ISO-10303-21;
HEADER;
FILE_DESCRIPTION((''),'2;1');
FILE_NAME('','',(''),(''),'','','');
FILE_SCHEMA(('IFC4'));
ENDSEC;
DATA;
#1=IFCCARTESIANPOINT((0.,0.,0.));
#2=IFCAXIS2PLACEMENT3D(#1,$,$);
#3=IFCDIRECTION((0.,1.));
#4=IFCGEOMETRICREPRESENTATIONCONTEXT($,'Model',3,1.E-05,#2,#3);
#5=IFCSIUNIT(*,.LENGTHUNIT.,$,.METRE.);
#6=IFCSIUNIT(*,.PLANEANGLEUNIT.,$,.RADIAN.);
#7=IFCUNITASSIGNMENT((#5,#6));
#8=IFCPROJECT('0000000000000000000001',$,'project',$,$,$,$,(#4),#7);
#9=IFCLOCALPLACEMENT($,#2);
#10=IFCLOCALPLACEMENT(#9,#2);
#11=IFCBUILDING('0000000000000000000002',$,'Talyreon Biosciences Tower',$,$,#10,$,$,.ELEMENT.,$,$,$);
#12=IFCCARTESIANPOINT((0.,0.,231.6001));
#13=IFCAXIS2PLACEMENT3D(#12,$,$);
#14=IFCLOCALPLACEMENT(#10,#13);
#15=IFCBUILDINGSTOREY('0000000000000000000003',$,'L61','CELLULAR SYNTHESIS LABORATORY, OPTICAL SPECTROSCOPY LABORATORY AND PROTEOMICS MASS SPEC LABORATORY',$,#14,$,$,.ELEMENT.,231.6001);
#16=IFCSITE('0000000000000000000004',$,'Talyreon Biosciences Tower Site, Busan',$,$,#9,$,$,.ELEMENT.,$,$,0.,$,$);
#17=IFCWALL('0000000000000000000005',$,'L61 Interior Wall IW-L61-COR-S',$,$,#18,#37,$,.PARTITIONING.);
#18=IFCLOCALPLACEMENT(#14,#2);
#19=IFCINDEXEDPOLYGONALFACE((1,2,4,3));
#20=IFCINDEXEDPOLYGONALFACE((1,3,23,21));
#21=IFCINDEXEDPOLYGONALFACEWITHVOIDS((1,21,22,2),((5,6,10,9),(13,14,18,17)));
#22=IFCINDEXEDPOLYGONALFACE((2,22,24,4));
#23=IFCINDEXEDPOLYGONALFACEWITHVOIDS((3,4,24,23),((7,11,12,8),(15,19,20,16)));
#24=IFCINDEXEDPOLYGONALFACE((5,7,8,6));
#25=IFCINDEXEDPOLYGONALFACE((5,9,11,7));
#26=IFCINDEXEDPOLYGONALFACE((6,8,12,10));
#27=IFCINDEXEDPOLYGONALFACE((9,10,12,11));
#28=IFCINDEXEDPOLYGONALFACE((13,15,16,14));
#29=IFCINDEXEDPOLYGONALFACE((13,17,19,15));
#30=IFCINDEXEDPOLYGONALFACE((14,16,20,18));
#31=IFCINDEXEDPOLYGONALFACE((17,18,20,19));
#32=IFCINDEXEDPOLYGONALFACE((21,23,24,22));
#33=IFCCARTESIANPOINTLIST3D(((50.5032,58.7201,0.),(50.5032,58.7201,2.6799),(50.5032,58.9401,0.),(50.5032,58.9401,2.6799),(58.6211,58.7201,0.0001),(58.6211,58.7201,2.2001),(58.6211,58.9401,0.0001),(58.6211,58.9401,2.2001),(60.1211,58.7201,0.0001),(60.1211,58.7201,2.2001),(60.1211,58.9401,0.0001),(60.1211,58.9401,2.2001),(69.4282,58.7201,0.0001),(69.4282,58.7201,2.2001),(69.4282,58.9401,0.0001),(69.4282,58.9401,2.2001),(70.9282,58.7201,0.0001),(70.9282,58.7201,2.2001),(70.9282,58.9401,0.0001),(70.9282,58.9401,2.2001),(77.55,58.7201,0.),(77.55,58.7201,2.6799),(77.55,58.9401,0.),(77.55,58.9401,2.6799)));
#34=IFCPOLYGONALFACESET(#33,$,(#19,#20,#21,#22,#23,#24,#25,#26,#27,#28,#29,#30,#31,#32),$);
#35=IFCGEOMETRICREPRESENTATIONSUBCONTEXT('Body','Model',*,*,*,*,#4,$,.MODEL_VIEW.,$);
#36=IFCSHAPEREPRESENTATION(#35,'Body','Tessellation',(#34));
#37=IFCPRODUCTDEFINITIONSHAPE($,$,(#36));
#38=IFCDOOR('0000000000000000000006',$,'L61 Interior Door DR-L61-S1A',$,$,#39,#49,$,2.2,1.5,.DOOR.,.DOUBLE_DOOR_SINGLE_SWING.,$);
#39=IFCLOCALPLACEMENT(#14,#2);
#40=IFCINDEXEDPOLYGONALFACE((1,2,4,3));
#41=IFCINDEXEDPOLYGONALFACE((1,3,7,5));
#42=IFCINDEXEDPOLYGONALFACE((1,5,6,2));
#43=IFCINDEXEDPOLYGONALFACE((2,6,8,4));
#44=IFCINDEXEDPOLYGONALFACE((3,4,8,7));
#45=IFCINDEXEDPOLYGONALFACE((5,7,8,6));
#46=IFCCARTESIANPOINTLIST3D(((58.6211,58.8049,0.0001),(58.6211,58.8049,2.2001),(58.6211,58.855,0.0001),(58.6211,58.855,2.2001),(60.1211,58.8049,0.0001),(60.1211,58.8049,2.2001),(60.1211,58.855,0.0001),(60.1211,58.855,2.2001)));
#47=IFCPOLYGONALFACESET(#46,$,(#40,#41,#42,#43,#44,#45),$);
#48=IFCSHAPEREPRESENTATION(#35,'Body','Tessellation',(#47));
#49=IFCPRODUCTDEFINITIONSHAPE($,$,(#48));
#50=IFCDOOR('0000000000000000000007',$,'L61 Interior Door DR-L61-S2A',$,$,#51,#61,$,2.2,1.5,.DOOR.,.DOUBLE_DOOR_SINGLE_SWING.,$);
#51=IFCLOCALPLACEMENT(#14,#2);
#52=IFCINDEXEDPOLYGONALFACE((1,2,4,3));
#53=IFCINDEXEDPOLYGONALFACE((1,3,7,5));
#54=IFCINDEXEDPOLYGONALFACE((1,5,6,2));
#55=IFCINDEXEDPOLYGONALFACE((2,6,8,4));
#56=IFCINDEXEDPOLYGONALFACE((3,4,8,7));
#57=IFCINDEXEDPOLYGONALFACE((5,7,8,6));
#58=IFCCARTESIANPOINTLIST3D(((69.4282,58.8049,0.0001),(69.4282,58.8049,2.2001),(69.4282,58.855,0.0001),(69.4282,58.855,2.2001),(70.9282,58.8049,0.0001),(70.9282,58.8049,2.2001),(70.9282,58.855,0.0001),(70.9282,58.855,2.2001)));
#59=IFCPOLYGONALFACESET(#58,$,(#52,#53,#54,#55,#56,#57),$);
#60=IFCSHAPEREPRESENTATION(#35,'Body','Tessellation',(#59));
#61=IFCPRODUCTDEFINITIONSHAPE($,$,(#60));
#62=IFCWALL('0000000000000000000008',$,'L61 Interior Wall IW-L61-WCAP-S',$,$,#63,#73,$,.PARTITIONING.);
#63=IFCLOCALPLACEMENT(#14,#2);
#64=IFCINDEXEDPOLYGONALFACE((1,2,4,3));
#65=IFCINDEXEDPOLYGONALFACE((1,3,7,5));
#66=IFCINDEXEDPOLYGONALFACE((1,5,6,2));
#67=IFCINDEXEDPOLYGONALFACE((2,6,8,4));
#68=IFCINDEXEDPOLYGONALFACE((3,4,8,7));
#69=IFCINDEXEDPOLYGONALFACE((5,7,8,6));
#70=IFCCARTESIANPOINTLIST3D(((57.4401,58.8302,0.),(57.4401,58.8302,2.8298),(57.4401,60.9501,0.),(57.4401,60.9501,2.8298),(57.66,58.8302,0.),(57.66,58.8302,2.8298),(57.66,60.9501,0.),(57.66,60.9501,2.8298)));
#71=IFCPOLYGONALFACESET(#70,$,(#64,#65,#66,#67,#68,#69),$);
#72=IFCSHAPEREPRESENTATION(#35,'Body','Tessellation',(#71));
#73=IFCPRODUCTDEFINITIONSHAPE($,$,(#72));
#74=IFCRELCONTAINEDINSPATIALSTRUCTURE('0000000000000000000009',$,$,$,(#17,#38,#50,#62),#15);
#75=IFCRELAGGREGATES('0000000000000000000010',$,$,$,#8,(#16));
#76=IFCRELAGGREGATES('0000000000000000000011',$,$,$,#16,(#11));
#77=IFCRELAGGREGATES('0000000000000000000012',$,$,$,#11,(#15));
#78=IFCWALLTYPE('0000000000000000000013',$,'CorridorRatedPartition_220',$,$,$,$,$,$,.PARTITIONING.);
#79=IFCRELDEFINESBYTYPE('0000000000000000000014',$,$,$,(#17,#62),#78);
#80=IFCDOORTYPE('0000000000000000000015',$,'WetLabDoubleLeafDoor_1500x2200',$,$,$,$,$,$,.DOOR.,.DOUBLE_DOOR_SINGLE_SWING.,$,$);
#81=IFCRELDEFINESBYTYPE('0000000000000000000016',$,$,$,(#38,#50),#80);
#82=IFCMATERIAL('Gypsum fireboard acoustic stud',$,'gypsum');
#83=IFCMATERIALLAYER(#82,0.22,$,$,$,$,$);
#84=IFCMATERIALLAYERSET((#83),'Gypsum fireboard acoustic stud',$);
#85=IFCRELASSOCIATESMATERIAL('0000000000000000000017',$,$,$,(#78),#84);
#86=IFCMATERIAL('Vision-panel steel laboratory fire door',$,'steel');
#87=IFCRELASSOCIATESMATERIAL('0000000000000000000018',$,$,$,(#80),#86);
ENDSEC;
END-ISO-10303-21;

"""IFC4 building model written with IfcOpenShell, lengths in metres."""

from ifc_helpers import new_model, si_unit, direction, frame, frame_2d, origin, place, context, subcontext, project, spatial, rectangle, extrude, material, layer, layer_set, type_object, element, fill, save


model = new_model("IFC4")

# Units and contexts
model_context = context("Model", 3, precision=1e-05, world=origin(), true_north=direction((0.0, 1.0)))
body_context = subcontext(model_context, "Body", "Model", "MODEL_VIEW")
ifc_project = project(units=[si_unit("LENGTHUNIT", "METRE"), si_unit("PLANEANGLEUNIT", "RADIAN")], contexts=[model_context])

# Site, building, storey
site_placement = place(None, origin())
site = spatial("IfcSite", under=ifc_project, at=site_placement, Name="Talyreon Biosciences Tower Site, Busan", CompositionType="ELEMENT", RefElevation=0.0)
building_placement = place(site_placement, origin())
building = spatial("IfcBuilding", under=site, at=building_placement, Name="Talyreon Biosciences Tower", CompositionType="ELEMENT")
storey_placement = place(building_placement, frame((0.0, 0.0, 231.6001)))
storey = spatial("IfcBuildingStorey", under=building, at=storey_placement, Name="L61", Description="CELLULAR SYNTHESIS LABORATORY, OPTICAL SPECTROSCOPY LABORATORY AND PROTEOMICS MASS SPEC LABORATORY", CompositionType="ELEMENT", Elevation=231.6001)

# Wall, openings, doors
ifc_material_1 = material(Name="Gypsum fireboard acoustic stud", Category="gypsum")
ifc_layer_1 = layer(ifc_material_1, 0.22)
ifc_layer_set_1 = layer_set([ifc_layer_1], Name="Gypsum fireboard acoustic stud")
wall_type = type_object("IfcWallType", Name="CorridorRatedPartition_220", PredefinedType="PARTITIONING", material=ifc_layer_set_1)
wall_1_placement = place(storey_placement, frame((50.5032, 58.8301, 0.0), z_axis=(0.0, 0.0, 1.0), x_axis=(1.0, 0.0, 0.0)))
wall_1 = element("IfcWall", 1, at=wall_1_placement, inside=storey, type_object=wall_type, Name="L61 Interior Wall IW-L61-COR-S", PredefinedType="PARTITIONING", context=body_context, shape_type="SweptSolid", body=[
    extrude(rectangle(XDim=27.0469, YDim=0.22, at=frame_2d((13.5234, 0.0))), origin(), (0.0, 0.0, 1.0), 2.6799),
])
opening_1_placement = place(wall_1_placement, frame((8.1179, 0.0, 0.0)))
opening_1 = element("IfcOpeningElement", 2, at=opening_1_placement, cuts=wall_1, PredefinedType="OPENING", context=body_context, shape_type="SweptSolid", body=[
    extrude(rectangle(XDim=1.5, YDim=2.2, at=frame_2d((0.75, 1.1001))), frame((0.0, 0.1199, 0.0), z_axis=(0.0, -1.0, 0.0), x_axis=(1.0, 0.0, 0.0)), (0.0, 0.0, 1.0), 0.24),
])
opening_2_placement = place(wall_1_placement, frame((18.925, 0.0, 0.0)))
opening_2 = element("IfcOpeningElement", 3, at=opening_2_placement, cuts=wall_1, PredefinedType="OPENING", context=body_context, shape_type="SweptSolid", body=[
    extrude(rectangle(XDim=1.5, YDim=2.2, at=frame_2d((0.75, 1.1001))), frame((0.0, 0.1199, 0.0), z_axis=(0.0, -1.0, 0.0), x_axis=(1.0, 0.0, 0.0)), (0.0, 0.0, 1.0), 0.24),
])
ifc_material_2 = material(Name="Vision-panel steel laboratory fire door", Category="steel")
door_type = type_object("IfcDoorType", Name="WetLabDoubleLeafDoor_1500x2200", OperationType="DOUBLE_DOOR_SINGLE_SWING", PredefinedType="DOOR", material=ifc_material_2)
door_1_placement = place(opening_1_placement, origin())
door_1 = element("IfcDoor", 4, at=door_1_placement, inside=storey, type_object=door_type, Name="L61 Interior Door DR-L61-S1A", OperationType="DOUBLE_DOOR_SINGLE_SWING", OverallHeight=2.2, OverallWidth=1.5, PredefinedType="DOOR", context=body_context, shape_type="SweptSolid", body=[
    extrude(rectangle(XDim=1.5, YDim=2.2, at=frame_2d((0.75, 1.1001))), frame((0.0, 0.0249, 0.0), z_axis=(0.0, -1.0, 0.0), x_axis=(1.0, 0.0, 0.0)), (0.0, 0.0, 1.0), 0.05),
])
fill(opening_1, door_1)
door_2_placement = place(opening_2_placement, origin())
door_2 = element("IfcDoor", 5, at=door_2_placement, inside=storey, type_object=door_type, Name="L61 Interior Door DR-L61-S2A", OperationType="DOUBLE_DOOR_SINGLE_SWING", OverallHeight=2.2, OverallWidth=1.5, PredefinedType="DOOR", context=body_context, shape_type="SweptSolid", body=[
    extrude(rectangle(XDim=1.5, YDim=2.2, at=frame_2d((0.75, 1.1001))), frame((0.0, 0.0249, 0.0), z_axis=(0.0, -1.0, 0.0), x_axis=(1.0, 0.0, 0.0)), (0.0, 0.0, 1.0), 0.05),
])
fill(opening_2, door_2)

# Wall
wall_2_placement = place(storey_placement, frame((57.55, 58.8301, 0.0), z_axis=(0.0, 0.0, 1.0), x_axis=(0.0, 1.0, 0.0)))
element("IfcWall", 6, at=wall_2_placement, inside=storey, type_object=wall_type, Name="L61 Interior Wall IW-L61-WCAP-S", PredefinedType="PARTITIONING", context=body_context, shape_type="SweptSolid", body=[
    extrude(rectangle(XDim=2.1199, YDim=0.22, at=frame_2d((1.0601, 0.0))), origin(), (0.0, 0.0, 1.0), 2.8298),
])

save(model, "model.ifc")
